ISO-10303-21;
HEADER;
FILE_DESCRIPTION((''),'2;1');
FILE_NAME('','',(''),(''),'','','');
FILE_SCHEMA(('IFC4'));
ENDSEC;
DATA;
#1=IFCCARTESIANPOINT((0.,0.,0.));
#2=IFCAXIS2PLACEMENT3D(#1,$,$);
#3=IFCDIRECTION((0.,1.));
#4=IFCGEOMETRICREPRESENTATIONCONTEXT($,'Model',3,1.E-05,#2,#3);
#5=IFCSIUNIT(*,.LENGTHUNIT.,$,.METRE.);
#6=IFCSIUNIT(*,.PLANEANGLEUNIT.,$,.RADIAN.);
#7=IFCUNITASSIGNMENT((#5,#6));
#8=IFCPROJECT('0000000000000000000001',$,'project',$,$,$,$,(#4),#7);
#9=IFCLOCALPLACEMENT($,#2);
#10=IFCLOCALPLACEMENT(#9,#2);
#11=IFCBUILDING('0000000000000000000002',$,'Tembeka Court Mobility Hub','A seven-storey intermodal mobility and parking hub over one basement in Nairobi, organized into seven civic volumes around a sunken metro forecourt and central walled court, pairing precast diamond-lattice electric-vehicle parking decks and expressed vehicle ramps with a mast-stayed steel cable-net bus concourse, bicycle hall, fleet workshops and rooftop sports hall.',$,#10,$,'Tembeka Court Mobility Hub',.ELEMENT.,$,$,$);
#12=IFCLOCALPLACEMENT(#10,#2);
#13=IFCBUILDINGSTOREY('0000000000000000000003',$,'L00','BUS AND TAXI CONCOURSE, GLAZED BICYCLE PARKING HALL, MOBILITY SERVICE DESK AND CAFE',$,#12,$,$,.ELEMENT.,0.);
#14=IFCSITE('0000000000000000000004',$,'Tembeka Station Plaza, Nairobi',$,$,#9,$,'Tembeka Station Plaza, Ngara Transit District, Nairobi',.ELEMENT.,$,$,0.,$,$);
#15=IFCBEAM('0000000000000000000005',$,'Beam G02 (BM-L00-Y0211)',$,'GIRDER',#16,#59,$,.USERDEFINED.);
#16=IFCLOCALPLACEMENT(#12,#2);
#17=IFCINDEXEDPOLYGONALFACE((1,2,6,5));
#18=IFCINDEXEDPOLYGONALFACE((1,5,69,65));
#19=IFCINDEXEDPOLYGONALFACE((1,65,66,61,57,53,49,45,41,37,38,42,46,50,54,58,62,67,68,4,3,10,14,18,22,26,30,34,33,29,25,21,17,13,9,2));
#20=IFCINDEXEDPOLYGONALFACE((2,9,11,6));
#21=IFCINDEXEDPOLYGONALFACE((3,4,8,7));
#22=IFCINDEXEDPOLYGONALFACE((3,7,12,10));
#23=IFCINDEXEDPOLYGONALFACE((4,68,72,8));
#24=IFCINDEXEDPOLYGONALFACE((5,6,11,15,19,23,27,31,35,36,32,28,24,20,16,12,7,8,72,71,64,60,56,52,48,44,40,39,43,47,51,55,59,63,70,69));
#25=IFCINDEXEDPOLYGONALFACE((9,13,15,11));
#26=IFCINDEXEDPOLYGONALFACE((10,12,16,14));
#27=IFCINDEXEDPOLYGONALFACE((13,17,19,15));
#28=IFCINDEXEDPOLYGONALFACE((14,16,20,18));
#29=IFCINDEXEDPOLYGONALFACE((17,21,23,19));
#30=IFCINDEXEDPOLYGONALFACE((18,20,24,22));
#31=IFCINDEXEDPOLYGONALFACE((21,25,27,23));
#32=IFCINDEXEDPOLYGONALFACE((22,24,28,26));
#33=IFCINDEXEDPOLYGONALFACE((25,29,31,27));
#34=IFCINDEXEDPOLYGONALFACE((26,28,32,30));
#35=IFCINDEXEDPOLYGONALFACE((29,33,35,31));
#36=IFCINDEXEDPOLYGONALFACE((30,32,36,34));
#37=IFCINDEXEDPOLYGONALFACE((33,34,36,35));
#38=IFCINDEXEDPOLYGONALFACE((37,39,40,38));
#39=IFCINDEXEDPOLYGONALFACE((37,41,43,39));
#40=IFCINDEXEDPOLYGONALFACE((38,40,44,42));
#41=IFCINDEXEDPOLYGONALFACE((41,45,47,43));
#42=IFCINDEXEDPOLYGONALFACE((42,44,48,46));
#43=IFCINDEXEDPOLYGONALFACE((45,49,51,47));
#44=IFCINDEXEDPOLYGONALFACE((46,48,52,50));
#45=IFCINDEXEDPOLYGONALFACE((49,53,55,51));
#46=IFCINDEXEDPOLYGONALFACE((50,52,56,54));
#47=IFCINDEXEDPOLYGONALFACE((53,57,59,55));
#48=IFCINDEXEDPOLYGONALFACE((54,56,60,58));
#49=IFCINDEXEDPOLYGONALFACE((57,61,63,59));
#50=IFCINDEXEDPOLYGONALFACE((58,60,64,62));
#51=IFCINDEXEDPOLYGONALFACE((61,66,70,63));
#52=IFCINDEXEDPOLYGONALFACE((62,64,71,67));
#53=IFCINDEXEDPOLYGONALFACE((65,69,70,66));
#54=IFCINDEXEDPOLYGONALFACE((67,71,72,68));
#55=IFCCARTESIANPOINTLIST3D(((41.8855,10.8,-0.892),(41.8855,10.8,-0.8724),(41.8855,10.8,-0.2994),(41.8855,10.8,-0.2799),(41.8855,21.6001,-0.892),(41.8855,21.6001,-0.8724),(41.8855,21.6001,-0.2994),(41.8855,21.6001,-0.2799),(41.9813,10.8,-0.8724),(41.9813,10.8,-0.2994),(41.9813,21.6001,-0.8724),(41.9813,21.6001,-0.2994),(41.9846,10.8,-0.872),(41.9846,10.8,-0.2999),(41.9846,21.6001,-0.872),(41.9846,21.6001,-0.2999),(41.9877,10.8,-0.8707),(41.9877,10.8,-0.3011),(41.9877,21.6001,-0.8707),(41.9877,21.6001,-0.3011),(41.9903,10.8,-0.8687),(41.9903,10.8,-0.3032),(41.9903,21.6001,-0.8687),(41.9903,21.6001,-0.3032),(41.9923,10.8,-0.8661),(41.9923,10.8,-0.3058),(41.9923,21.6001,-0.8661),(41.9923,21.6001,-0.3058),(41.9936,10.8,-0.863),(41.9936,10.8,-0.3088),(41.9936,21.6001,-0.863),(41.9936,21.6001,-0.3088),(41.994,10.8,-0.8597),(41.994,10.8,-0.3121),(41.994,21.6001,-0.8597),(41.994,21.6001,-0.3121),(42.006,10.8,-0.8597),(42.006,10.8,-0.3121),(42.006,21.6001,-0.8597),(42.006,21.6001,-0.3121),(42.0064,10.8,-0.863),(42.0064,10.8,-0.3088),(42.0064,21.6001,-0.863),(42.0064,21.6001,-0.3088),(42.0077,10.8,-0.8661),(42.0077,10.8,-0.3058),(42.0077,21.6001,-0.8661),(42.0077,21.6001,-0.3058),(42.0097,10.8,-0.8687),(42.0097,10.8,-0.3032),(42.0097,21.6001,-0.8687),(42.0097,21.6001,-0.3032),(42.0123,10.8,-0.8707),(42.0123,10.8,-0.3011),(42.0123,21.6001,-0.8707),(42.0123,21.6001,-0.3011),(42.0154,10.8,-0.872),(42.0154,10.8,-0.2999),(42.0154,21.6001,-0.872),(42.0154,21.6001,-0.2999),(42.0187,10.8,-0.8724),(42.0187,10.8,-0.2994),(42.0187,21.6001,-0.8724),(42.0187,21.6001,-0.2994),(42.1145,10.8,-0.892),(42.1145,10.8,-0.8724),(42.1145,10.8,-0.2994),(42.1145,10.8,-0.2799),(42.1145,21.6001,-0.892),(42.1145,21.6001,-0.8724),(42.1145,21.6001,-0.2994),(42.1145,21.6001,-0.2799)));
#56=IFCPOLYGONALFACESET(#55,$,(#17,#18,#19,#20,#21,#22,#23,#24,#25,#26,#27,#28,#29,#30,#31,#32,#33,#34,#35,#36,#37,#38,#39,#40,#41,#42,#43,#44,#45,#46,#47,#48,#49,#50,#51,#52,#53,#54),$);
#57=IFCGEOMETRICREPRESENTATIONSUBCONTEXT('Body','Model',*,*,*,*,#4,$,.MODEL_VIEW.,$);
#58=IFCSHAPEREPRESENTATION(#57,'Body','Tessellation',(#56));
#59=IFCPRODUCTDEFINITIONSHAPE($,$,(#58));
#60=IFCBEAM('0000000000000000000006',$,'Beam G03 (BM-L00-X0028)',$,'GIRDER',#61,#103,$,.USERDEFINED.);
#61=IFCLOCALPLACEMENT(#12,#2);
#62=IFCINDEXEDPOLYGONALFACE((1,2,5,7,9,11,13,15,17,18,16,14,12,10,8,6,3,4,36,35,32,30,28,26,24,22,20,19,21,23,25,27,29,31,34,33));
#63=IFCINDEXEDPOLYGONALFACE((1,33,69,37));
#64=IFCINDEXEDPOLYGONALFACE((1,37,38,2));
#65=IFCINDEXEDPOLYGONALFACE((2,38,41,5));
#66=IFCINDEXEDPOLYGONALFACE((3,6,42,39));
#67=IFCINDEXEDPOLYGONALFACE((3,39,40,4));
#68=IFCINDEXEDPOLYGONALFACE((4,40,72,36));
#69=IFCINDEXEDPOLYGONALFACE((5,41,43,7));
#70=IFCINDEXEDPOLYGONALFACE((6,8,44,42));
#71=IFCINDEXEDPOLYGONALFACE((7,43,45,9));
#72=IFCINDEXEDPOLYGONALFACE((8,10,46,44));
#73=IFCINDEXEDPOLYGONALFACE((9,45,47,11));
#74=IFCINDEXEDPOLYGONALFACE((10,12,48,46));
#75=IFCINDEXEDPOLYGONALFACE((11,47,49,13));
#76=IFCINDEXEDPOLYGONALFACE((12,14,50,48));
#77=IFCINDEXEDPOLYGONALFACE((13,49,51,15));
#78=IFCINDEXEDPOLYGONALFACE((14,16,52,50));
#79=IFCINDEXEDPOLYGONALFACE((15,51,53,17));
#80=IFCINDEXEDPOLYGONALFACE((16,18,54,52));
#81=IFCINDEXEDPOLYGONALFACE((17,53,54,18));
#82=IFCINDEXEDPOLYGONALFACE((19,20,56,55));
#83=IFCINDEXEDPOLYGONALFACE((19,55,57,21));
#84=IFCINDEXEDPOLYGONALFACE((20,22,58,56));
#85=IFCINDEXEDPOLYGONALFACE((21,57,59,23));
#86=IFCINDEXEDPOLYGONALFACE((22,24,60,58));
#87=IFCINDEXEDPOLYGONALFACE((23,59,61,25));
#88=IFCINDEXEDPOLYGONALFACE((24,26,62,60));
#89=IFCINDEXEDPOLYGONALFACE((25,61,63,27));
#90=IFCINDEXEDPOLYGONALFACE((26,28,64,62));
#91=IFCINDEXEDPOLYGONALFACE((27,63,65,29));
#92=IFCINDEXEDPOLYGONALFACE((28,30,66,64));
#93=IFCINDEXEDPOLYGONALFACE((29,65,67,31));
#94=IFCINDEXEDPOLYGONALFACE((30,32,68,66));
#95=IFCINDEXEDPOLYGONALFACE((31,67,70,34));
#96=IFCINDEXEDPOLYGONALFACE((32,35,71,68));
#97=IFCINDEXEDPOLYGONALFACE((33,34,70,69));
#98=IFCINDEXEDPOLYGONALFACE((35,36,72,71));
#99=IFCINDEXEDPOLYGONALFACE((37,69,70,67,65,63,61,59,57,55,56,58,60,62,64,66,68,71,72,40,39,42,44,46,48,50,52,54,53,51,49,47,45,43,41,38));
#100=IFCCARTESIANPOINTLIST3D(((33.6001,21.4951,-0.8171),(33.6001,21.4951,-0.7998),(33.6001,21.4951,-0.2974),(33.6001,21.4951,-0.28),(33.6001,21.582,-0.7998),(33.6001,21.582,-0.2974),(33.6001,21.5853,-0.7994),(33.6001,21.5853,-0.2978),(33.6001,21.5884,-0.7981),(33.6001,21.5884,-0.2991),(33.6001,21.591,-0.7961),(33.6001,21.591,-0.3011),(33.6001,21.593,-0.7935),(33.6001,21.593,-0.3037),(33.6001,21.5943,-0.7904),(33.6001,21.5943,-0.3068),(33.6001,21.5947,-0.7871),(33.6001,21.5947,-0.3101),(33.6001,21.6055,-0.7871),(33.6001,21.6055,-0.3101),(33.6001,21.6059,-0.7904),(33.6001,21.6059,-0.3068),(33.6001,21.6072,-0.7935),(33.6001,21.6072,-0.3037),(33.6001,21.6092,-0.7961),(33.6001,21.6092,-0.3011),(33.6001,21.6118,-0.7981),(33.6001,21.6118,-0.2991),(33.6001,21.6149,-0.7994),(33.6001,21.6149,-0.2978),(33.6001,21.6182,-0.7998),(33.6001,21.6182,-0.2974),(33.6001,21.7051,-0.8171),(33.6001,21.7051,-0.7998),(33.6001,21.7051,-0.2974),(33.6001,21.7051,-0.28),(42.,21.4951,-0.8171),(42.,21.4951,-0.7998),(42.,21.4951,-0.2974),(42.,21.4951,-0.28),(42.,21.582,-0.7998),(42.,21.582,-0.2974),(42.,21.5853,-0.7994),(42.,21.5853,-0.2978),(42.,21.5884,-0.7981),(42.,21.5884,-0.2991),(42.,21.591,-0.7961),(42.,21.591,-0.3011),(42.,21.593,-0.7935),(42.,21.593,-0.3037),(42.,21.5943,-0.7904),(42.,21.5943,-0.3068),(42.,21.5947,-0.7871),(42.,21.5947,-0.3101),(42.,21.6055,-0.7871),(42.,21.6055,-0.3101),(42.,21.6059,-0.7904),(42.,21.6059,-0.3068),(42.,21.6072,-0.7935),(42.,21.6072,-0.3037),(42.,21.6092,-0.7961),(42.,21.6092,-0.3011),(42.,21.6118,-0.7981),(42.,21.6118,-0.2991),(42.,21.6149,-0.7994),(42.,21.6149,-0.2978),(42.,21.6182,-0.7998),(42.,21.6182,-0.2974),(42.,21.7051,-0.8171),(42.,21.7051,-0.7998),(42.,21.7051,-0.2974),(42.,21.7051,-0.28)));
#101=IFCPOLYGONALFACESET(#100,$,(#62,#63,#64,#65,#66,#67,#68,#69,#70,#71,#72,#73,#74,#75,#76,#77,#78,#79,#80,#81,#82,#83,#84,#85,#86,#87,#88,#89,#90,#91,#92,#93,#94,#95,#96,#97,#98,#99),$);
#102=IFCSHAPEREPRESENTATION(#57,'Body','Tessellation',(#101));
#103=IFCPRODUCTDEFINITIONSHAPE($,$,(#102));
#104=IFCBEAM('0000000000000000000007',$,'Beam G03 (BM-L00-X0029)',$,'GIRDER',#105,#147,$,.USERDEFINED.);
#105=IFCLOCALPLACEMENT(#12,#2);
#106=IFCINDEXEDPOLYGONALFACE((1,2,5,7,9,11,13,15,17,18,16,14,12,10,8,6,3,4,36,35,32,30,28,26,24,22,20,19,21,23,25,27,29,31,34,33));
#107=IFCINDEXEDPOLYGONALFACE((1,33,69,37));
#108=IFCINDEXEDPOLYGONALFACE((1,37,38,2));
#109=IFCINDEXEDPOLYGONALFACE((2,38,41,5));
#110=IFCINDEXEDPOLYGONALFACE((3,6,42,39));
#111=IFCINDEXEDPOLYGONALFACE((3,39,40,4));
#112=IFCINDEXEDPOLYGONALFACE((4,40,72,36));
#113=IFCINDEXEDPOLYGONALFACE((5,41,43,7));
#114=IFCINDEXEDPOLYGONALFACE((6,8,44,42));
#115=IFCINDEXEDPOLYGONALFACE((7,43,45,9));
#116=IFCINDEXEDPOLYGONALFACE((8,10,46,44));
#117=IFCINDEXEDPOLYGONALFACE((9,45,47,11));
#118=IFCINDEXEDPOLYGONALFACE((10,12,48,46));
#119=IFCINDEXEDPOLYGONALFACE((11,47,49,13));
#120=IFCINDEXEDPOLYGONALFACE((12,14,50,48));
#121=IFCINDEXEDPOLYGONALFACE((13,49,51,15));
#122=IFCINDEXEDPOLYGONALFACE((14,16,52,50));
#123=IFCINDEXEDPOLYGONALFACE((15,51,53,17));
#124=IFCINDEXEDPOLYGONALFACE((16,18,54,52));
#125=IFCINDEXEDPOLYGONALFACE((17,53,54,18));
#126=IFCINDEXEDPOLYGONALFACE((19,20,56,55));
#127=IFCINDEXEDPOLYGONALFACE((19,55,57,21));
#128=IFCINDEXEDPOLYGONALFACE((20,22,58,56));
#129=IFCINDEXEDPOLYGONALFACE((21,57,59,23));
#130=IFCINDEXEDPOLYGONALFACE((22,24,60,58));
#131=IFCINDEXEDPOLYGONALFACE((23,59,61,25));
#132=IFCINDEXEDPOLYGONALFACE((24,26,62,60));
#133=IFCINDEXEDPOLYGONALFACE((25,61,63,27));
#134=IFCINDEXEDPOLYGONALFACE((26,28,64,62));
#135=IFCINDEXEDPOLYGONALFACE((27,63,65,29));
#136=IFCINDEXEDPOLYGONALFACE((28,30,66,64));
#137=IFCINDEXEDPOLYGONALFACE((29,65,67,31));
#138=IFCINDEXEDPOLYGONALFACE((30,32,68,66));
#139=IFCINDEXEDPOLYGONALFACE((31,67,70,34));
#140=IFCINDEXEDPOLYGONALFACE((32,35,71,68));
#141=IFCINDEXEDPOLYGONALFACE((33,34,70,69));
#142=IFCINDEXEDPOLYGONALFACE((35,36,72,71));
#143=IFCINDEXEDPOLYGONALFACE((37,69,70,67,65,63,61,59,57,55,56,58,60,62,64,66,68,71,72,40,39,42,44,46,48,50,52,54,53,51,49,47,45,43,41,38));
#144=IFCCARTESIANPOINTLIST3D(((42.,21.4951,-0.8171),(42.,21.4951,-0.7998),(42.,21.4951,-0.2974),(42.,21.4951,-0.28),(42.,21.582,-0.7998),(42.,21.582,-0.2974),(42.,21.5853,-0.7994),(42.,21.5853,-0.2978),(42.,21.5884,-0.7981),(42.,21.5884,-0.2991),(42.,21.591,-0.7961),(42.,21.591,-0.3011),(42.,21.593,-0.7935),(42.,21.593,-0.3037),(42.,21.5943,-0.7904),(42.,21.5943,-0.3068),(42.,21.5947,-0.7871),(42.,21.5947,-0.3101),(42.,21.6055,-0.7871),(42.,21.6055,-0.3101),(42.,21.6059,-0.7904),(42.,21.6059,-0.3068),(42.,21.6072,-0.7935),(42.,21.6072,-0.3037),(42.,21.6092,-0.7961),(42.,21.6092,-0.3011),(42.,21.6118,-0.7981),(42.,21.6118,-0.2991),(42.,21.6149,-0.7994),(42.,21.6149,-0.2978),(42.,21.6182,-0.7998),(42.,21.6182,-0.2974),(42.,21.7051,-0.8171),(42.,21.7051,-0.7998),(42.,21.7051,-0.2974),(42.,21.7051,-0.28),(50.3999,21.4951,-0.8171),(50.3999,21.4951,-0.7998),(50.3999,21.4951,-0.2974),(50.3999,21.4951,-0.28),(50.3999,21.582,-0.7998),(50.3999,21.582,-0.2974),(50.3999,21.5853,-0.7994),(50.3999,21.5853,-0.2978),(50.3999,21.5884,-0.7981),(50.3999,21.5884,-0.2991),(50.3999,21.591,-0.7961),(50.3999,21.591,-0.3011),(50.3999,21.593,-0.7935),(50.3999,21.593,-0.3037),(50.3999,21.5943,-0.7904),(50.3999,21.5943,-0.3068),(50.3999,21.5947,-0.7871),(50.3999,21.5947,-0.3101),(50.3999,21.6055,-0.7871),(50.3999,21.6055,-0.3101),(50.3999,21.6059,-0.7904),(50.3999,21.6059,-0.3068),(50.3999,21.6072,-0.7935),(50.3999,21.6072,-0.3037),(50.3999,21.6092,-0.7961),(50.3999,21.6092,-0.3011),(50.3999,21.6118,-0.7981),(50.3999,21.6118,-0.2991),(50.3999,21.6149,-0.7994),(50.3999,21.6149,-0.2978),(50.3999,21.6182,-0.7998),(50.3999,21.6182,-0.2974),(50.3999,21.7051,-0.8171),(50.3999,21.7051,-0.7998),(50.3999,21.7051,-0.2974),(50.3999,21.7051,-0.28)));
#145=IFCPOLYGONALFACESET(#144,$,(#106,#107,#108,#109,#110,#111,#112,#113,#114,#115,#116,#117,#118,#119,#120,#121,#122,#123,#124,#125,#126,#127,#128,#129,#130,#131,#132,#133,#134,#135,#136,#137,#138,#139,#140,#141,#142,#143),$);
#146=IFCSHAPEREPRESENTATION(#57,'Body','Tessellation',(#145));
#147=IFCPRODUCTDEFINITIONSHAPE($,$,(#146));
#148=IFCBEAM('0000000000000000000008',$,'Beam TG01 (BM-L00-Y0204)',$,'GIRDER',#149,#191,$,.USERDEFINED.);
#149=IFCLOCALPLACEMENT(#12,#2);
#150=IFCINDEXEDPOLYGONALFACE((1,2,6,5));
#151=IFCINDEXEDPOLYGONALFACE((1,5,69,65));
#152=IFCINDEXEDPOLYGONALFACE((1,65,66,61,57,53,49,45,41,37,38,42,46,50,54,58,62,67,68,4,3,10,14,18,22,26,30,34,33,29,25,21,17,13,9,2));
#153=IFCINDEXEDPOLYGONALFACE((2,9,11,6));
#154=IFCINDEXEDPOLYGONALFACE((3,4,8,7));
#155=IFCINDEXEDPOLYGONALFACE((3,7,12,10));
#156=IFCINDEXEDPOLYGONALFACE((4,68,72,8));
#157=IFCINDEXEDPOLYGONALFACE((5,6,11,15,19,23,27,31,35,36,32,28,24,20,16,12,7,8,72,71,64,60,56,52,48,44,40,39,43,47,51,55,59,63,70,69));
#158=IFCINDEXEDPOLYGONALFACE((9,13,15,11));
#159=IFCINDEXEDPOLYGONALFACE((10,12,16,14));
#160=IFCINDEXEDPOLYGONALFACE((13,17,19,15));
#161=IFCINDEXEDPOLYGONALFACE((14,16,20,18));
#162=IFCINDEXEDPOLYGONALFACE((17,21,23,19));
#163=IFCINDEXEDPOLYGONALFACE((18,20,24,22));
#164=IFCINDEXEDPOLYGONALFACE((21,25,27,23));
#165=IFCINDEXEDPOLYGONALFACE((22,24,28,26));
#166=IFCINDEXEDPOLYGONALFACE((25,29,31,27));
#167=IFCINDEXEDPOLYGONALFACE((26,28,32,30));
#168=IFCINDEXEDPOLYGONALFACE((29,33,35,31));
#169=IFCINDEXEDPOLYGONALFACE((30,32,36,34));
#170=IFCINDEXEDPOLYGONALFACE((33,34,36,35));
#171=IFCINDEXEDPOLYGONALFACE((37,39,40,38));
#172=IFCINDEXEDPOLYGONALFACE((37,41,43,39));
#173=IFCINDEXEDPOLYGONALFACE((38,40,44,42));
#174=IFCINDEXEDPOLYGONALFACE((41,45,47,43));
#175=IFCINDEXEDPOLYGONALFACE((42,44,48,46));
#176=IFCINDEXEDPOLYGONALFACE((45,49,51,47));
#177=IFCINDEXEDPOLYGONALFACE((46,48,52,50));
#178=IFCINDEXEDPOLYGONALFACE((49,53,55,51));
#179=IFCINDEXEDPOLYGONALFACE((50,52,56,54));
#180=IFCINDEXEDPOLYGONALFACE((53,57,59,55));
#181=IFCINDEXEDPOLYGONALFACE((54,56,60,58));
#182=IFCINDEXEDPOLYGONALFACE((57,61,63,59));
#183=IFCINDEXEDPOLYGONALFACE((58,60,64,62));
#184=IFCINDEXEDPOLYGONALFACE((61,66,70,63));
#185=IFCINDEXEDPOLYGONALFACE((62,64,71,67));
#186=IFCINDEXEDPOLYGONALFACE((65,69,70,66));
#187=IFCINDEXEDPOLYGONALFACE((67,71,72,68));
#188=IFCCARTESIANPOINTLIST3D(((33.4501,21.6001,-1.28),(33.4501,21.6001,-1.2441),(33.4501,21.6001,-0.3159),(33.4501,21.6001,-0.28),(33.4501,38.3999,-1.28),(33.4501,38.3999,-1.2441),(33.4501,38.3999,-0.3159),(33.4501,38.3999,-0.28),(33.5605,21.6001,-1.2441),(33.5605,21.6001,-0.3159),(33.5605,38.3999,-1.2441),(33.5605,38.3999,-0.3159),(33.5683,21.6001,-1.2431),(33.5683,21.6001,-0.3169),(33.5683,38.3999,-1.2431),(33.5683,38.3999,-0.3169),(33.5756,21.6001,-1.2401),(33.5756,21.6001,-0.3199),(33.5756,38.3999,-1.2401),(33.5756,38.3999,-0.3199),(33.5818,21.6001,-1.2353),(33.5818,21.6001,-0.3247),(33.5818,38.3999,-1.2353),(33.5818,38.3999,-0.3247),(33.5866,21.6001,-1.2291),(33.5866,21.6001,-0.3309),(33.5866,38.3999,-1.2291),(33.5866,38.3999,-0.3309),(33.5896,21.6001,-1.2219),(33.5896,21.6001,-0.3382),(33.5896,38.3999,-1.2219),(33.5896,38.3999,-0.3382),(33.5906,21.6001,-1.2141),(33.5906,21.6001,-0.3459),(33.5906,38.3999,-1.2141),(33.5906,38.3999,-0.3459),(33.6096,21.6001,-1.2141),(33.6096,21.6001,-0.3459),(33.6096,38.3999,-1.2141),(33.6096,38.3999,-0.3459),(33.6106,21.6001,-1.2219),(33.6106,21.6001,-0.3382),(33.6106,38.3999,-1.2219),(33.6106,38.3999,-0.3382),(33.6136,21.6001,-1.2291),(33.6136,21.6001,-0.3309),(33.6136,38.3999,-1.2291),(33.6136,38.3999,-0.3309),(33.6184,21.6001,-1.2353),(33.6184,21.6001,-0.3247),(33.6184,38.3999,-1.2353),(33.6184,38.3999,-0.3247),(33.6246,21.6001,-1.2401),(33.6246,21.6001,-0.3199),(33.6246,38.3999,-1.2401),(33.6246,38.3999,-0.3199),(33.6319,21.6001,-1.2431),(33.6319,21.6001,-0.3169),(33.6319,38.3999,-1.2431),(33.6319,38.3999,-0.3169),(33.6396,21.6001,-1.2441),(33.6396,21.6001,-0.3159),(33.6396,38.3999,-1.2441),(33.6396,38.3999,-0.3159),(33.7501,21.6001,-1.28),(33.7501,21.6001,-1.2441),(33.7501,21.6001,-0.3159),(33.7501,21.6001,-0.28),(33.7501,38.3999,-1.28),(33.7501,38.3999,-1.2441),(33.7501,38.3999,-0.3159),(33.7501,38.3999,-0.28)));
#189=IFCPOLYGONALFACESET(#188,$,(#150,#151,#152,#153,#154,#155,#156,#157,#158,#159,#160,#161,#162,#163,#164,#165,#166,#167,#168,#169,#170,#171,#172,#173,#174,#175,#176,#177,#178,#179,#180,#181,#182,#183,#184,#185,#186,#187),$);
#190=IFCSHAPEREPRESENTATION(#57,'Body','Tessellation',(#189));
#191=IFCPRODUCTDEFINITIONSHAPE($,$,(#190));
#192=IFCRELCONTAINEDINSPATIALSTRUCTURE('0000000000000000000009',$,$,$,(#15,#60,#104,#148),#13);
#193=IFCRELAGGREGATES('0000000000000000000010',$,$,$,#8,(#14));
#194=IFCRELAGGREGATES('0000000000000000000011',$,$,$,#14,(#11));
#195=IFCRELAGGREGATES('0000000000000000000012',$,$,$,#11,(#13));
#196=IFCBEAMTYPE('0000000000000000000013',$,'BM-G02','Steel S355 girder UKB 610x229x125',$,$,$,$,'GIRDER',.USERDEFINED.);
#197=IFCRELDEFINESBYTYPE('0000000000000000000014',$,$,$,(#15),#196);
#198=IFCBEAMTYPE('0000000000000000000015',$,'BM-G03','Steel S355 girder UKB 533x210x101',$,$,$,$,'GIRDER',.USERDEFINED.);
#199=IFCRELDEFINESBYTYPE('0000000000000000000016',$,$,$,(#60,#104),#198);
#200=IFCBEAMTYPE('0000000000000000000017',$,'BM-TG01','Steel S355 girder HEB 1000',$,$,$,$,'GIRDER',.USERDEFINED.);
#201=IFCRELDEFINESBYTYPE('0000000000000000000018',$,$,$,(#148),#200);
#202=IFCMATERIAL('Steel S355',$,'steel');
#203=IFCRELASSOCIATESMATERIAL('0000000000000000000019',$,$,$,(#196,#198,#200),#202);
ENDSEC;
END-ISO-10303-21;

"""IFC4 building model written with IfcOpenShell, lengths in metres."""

from ifc_helpers import new_model, si_unit, direction, frame, origin, origin_2d, place, context, subcontext, project, spatial, i_section, extrude, material, material_profile, profile_set, type_object, element, save


model = new_model("IFC4")

# Units and contexts
model_context = context("Model", 3, precision=1e-05, world=origin(), true_north=direction((0.0, 1.0)))
body_context = subcontext(model_context, "Body", "Model", "MODEL_VIEW")
ifc_project = project(units=[si_unit("LENGTHUNIT", "METRE"), si_unit("PLANEANGLEUNIT", "RADIAN")], contexts=[model_context])

# Site, building, storey
site_placement = place(None, origin())
site = spatial("IfcSite", under=ifc_project, at=site_placement, Name="Tembeka Station Plaza, Nairobi", LongName="Tembeka Station Plaza, Ngara Transit District, Nairobi", CompositionType="ELEMENT", RefElevation=0.0)
building_placement = place(site_placement, origin())
building = spatial("IfcBuilding", under=site, at=building_placement, Name="Tembeka Court Mobility Hub", Description="A seven-storey intermodal mobility and parking hub over one basement in Nairobi, organized into seven civic volumes around a sunken metro forecourt and central walled court, pairing precast diamond-lattice electric-vehicle parking decks and expressed vehicle ramps with a mast-stayed steel cable-net bus concourse, bicycle hall, fleet workshops and rooftop sports hall.", LongName="Tembeka Court Mobility Hub", CompositionType="ELEMENT")
storey_placement = place(building_placement, origin())
storey = spatial("IfcBuildingStorey", under=building, at=storey_placement, Name="L00", Description="BUS AND TAXI CONCOURSE, GLAZED BICYCLE PARKING HALL, MOBILITY SERVICE DESK AND CAFE", CompositionType="ELEMENT", Elevation=0.0)

# Shared definitions
ifc_material_1 = material(Name="Steel S355", Category="steel")

# Beams
ifc_material_profile_1 = material_profile(ifc_material_1, i_section(OverallWidth=0.229, OverallDepth=0.6121, WebThickness=0.012, FlangeThickness=0.0195, FilletRadius=0.0127, at=origin_2d()), Name="UKB 610x229x125")
ifc_profile_set_1 = profile_set([ifc_material_profile_1], Name="Steel S355")
beam_type_1 = type_object("IfcBeamType", Name="BM-G02", Description="Steel S355 girder UKB 610x229x125", ElementType="GIRDER", PredefinedType="USERDEFINED", material=ifc_profile_set_1)
beam_placement = place(storey_placement, frame((42.0, 10.8, -0.5859), z_axis=(0.0, 1.0, 0.0), x_axis=(-1.0, 0.0, 0.0)))
element("IfcBeam", 1, at=beam_placement, inside=storey, type_object=beam_type_1, Name="Beam G02 (BM-L00-Y0211)", ObjectType="GIRDER", PredefinedType="USERDEFINED", context=body_context, shape_type="SweptSolid", body=[
    extrude(i_section(OverallWidth=0.229, OverallDepth=0.6121, WebThickness=0.012, FlangeThickness=0.0195, FilletRadius=0.0127, at=origin_2d()), origin(), (0.0, 0.0, 1.0), 10.8),
])
ifc_material_profile_2 = material_profile(ifc_material_1, i_section(OverallWidth=0.21, OverallDepth=0.5371, WebThickness=0.0107, FlangeThickness=0.0173, FilletRadius=0.0127, at=origin_2d()), Name="UKB 533x210x101")
ifc_profile_set_2 = profile_set([ifc_material_profile_2], Name="Steel S355")
beam_type_2 = type_object("IfcBeamType", Name="BM-G03", Description="Steel S355 girder UKB 533x210x101", ElementType="GIRDER", PredefinedType="USERDEFINED", material=ifc_profile_set_2)
for number, where, z_axis, x_axis, name in (
    (2, (33.6001, 21.6001, -0.5486), (1.0, 0.0, 0.0), (0.0, 1.0, 0.0), "Beam G03 (BM-L00-X0028)"),
    (3, (42.0, 21.6001, -0.5486), (1.0, 0.0, 0.0), (0.0, 1.0, 0.0), "Beam G03 (BM-L00-X0029)"),
):
    element("IfcBeam", number, at=place(storey_placement, frame(where, z_axis=z_axis, x_axis=x_axis)), inside=storey, type_object=beam_type_2, Name=name, ObjectType="GIRDER", PredefinedType="USERDEFINED", context=body_context, shape_type="SweptSolid", body=[
        extrude(i_section(OverallWidth=0.21, OverallDepth=0.5371, WebThickness=0.0107, FlangeThickness=0.0173, FilletRadius=0.0127, at=origin_2d()), origin(), (0.0, 0.0, 1.0), 8.3999),
    ])
ifc_material_profile_3 = material_profile(ifc_material_1, i_section(OverallWidth=0.3, OverallDepth=1.0, WebThickness=0.019, FlangeThickness=0.0359, FilletRadius=0.03, at=origin_2d()), Name="HEB 1000")
ifc_profile_set_3 = profile_set([ifc_material_profile_3], Name="Steel S355")
beam_type_3 = type_object("IfcBeamType", Name="BM-TG01", Description="Steel S355 girder HEB 1000", ElementType="GIRDER", PredefinedType="USERDEFINED", material=ifc_profile_set_3)
for number, where, z_axis, x_axis, name in (
    (4, (33.6001, 21.6001, -0.78), (0.0, 1.0, 0.0), (-1.0, 0.0, 0.0), "Beam TG01 (BM-L00-Y0204)"),
):
    element("IfcBeam", number, at=place(storey_placement, frame(where, z_axis=z_axis, x_axis=x_axis)), inside=storey, type_object=beam_type_3, Name=name, ObjectType="GIRDER", PredefinedType="USERDEFINED", context=body_context, shape_type="SweptSolid", body=[
        extrude(i_section(OverallWidth=0.3, OverallDepth=1.0, WebThickness=0.019, FlangeThickness=0.0359, FilletRadius=0.03, at=origin_2d()), origin(), (0.0, 0.0, 1.0), 16.7998),
    ])

save(model, "model.ifc")
